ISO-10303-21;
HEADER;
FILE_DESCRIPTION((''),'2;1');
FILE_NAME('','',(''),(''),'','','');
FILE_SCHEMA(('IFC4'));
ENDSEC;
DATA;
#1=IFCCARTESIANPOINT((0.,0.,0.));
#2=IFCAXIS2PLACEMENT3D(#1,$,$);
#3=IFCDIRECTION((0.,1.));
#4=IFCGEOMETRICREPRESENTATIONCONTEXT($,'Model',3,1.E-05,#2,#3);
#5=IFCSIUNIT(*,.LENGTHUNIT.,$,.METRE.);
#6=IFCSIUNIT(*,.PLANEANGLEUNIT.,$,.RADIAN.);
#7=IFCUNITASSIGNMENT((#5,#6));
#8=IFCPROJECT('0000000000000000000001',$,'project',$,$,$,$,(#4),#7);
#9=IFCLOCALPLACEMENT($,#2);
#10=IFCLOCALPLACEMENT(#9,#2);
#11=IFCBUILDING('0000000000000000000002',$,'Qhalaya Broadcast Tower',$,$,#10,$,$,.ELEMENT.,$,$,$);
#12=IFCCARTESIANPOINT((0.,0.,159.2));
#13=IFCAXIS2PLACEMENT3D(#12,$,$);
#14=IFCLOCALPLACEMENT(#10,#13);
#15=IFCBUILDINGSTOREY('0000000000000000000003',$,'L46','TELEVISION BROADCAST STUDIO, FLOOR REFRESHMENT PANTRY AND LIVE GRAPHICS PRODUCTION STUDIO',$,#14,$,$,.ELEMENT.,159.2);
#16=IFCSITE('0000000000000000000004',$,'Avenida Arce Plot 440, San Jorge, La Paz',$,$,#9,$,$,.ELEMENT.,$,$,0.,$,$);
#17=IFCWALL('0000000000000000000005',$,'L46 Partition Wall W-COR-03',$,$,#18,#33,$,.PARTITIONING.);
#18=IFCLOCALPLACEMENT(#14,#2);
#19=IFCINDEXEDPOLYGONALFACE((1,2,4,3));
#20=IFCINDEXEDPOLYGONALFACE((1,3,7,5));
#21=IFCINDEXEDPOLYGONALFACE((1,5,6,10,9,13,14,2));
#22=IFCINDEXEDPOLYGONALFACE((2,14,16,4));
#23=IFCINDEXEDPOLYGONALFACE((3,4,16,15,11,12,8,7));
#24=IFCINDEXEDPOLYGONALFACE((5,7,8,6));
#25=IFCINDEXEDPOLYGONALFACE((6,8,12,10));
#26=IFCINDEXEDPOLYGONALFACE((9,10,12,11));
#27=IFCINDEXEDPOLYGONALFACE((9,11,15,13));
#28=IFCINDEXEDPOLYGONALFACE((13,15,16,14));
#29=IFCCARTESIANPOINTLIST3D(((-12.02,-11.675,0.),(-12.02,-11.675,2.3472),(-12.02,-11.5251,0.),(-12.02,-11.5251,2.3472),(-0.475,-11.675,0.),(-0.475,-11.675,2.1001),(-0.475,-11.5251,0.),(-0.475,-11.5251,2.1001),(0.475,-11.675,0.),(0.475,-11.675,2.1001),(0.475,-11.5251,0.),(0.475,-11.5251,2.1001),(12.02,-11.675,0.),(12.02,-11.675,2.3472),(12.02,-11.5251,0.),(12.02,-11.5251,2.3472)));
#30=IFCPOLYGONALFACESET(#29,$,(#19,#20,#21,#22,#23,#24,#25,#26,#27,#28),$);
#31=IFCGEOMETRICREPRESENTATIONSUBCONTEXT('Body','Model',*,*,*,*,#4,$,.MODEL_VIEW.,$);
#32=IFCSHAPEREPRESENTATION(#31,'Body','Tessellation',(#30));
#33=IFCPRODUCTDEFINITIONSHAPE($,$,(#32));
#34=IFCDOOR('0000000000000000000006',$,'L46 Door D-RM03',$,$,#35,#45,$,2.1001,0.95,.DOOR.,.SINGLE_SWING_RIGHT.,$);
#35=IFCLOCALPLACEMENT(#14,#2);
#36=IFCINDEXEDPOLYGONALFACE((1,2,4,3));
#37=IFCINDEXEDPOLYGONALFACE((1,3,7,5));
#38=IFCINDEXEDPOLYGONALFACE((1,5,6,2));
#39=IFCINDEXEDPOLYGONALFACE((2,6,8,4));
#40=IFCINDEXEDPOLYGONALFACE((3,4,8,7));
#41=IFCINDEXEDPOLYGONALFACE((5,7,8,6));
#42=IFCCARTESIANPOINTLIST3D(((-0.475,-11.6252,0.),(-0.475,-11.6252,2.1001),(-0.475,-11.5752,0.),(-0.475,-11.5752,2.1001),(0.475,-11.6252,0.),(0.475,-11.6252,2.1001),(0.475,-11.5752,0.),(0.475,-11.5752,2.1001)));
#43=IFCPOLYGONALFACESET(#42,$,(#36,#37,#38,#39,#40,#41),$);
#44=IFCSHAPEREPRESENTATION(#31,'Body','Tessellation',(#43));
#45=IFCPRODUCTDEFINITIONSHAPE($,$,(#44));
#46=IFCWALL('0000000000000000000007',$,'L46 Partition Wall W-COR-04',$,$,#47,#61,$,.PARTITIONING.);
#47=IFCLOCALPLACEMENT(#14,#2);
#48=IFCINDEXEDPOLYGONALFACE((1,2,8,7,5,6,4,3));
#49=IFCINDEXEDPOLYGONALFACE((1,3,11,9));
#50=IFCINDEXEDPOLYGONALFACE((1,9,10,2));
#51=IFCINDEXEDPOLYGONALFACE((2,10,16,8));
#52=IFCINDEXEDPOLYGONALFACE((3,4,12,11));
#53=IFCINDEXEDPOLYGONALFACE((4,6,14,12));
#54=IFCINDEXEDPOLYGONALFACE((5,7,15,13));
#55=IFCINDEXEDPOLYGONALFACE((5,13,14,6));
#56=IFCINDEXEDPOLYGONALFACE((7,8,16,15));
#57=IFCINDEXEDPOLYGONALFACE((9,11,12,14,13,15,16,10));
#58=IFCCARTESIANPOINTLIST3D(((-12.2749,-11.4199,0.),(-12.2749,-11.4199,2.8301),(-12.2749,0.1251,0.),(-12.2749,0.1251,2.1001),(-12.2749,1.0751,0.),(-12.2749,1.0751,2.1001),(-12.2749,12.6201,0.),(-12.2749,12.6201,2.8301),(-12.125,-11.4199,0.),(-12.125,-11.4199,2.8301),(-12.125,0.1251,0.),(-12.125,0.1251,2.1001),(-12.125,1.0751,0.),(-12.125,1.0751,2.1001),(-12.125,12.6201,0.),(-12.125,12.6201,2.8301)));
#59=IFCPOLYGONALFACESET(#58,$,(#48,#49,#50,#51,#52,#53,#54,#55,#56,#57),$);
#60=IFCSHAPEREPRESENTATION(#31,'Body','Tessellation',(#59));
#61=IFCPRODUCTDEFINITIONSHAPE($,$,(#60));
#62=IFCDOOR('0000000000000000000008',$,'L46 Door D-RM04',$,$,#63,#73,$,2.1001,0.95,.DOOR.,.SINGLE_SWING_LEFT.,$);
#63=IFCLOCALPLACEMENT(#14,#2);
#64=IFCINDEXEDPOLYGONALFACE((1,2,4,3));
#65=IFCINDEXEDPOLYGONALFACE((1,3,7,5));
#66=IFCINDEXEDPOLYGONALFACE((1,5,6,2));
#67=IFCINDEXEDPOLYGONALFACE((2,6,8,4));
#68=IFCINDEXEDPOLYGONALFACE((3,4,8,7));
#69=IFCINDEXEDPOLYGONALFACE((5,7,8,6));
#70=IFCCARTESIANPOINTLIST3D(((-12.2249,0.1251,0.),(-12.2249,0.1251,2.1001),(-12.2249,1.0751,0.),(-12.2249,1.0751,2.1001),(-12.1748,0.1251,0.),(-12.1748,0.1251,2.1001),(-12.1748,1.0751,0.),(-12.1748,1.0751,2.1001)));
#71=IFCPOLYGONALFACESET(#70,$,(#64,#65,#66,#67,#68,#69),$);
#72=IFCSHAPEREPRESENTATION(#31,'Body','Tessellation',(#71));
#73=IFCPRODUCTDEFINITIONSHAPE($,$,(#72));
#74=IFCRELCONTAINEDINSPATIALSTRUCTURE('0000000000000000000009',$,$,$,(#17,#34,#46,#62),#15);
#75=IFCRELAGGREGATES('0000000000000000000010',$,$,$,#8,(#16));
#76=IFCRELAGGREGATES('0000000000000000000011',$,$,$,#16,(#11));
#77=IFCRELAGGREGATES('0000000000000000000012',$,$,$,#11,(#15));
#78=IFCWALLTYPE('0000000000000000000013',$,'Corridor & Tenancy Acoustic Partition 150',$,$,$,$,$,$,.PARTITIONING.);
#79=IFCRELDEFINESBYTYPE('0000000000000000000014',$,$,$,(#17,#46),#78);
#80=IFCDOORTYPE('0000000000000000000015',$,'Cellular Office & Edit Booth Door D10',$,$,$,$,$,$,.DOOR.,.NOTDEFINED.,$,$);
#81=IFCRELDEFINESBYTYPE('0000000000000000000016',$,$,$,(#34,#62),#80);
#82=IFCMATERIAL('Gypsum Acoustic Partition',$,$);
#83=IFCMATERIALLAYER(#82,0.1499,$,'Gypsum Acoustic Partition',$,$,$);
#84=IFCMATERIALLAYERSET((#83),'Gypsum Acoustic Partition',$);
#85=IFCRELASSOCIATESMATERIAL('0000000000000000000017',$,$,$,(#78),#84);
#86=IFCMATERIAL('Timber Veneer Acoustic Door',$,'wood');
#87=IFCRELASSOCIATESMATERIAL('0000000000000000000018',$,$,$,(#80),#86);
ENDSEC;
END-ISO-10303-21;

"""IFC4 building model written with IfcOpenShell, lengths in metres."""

from ifc_helpers import new_model, si_unit, direction, frame, frame_2d, origin, place, context, subcontext, project, spatial, rectangle, extrude, material, layer, layer_set, type_object, element, fill, save


model = new_model("IFC4")

# Units and contexts
model_context = context("Model", 3, precision=1e-05, world=origin(), true_north=direction((0.0, 1.0)))
body_context = subcontext(model_context, "Body", "Model", "MODEL_VIEW")
ifc_project = project(units=[si_unit("LENGTHUNIT", "METRE"), si_unit("PLANEANGLEUNIT", "RADIAN")], contexts=[model_context])

# Site, building, storey
site_placement = place(None, origin())
site = spatial("IfcSite", under=ifc_project, at=site_placement, Name="Avenida Arce Plot 440, San Jorge, La Paz", CompositionType="ELEMENT", RefElevation=0.0)
building_placement = place(site_placement, origin())
building = spatial("IfcBuilding", under=site, at=building_placement, Name="Qhalaya Broadcast Tower", CompositionType="ELEMENT")
storey_placement = place(building_placement, frame((0.0, 0.0, 159.2)))
storey = spatial("IfcBuildingStorey", under=building, at=storey_placement, Name="L46", Description="TELEVISION BROADCAST STUDIO, FLOOR REFRESHMENT PANTRY AND LIVE GRAPHICS PRODUCTION STUDIO", CompositionType="ELEMENT", Elevation=159.2)

# Walls, openings, doors
ifc_material_1 = material(Name="Gypsum Acoustic Partition")
ifc_layer_1 = layer(ifc_material_1, 0.1499, Name="Gypsum Acoustic Partition")
ifc_layer_set_1 = layer_set([ifc_layer_1], Name="Gypsum Acoustic Partition")
wall_type = type_object("IfcWallType", Name="Corridor & Tenancy Acoustic Partition 150", PredefinedType="PARTITIONING", material=ifc_layer_set_1)
wall_1_placement = place(storey_placement, frame((-12.02, -11.6001, 0.0), z_axis=(0.0, 0.0, 1.0), x_axis=(1.0, 0.0, 0.0)))
wall_1 = element("IfcWall", 1, at=wall_1_placement, inside=storey, type_object=wall_type, Name="L46 Partition Wall W-COR-03", PredefinedType="PARTITIONING", context=body_context, shape_type="SweptSolid", body=[
    extrude(rectangle(XDim=24.04, YDim=0.1499, at=frame_2d((12.02, 0.0))), origin(), (0.0, 0.0, 1.0), 2.3472),
])
opening_1_placement = place(wall_1_placement, frame((11.5449, 0.0, 0.0)))
opening_1 = element("IfcOpeningElement", 2, at=opening_1_placement, cuts=wall_1, PredefinedType="OPENING", context=body_context, shape_type="SweptSolid", body=[
    extrude(rectangle(XDim=0.95, YDim=2.1001, at=frame_2d((0.4751, 1.05))), frame((0.0, 0.0869, 0.0), z_axis=(0.0, -1.0, 0.0), x_axis=(1.0, 0.0, 0.0)), (0.0, 0.0, 1.0), 0.1738),
])
ifc_material_2 = material(Name="Timber Veneer Acoustic Door", Category="wood")
door_type = type_object("IfcDoorType", Name="Cellular Office & Edit Booth Door D10", OperationType="NOTDEFINED", PredefinedType="DOOR", material=ifc_material_2)
door_1_placement = place(opening_1_placement, origin())
door_1 = element("IfcDoor", 3, at=door_1_placement, inside=storey, type_object=door_type, Name="L46 Door D-RM03", OperationType="SINGLE_SWING_RIGHT", OverallHeight=2.1001, OverallWidth=0.95, PredefinedType="DOOR", context=body_context, shape_type="SweptSolid", body=[
    extrude(rectangle(XDim=0.95, YDim=2.1001, at=frame_2d((0.4751, 1.05))), frame((0.0, 0.0249, 0.0), z_axis=(0.0, -1.0, 0.0), x_axis=(1.0, 0.0, 0.0)), (0.0, 0.0, 1.0), 0.05),
])
fill(opening_1, door_1)
wall_2_placement = place(storey_placement, frame((-12.2, -11.4199, 0.0), z_axis=(0.0, 0.0, 1.0), x_axis=(0.0, 1.0, 0.0)))
wall_2 = element("IfcWall", 4, at=wall_2_placement, inside=storey, type_object=wall_type, Name="L46 Partition Wall W-COR-04", PredefinedType="PARTITIONING", context=body_context, shape_type="SweptSolid", body=[
    extrude(rectangle(XDim=24.04, YDim=0.1499, at=frame_2d((12.02, 0.0))), origin(), (0.0, 0.0, 1.0), 2.8301),
])
opening_2_placement = place(wall_2_placement, frame((11.5449, 0.0, 0.0)))
opening_2 = element("IfcOpeningElement", 5, at=opening_2_placement, cuts=wall_2, PredefinedType="OPENING", context=body_context, shape_type="SweptSolid", body=[
    extrude(rectangle(XDim=0.95, YDim=2.1001, at=frame_2d((0.4751, 1.05))), frame((0.0, 0.0869, 0.0), z_axis=(0.0, -1.0, 0.0), x_axis=(1.0, 0.0, 0.0)), (0.0, 0.0, 1.0), 0.1738),
])
door_2_placement = place(opening_2_placement, origin())
door_2 = element("IfcDoor", 6, at=door_2_placement, inside=storey, type_object=door_type, Name="L46 Door D-RM04", OperationType="SINGLE_SWING_LEFT", OverallHeight=2.1001, OverallWidth=0.95, PredefinedType="DOOR", context=body_context, shape_type="SweptSolid", body=[
    extrude(rectangle(XDim=0.95, YDim=2.1001, at=frame_2d((0.4751, 1.05))), frame((0.0, 0.0249, 0.0), z_axis=(0.0, -1.0, 0.0), x_axis=(1.0, 0.0, 0.0)), (0.0, 0.0, 1.0), 0.05),
])
fill(opening_2, door_2)

save(model, "model.ifc")
